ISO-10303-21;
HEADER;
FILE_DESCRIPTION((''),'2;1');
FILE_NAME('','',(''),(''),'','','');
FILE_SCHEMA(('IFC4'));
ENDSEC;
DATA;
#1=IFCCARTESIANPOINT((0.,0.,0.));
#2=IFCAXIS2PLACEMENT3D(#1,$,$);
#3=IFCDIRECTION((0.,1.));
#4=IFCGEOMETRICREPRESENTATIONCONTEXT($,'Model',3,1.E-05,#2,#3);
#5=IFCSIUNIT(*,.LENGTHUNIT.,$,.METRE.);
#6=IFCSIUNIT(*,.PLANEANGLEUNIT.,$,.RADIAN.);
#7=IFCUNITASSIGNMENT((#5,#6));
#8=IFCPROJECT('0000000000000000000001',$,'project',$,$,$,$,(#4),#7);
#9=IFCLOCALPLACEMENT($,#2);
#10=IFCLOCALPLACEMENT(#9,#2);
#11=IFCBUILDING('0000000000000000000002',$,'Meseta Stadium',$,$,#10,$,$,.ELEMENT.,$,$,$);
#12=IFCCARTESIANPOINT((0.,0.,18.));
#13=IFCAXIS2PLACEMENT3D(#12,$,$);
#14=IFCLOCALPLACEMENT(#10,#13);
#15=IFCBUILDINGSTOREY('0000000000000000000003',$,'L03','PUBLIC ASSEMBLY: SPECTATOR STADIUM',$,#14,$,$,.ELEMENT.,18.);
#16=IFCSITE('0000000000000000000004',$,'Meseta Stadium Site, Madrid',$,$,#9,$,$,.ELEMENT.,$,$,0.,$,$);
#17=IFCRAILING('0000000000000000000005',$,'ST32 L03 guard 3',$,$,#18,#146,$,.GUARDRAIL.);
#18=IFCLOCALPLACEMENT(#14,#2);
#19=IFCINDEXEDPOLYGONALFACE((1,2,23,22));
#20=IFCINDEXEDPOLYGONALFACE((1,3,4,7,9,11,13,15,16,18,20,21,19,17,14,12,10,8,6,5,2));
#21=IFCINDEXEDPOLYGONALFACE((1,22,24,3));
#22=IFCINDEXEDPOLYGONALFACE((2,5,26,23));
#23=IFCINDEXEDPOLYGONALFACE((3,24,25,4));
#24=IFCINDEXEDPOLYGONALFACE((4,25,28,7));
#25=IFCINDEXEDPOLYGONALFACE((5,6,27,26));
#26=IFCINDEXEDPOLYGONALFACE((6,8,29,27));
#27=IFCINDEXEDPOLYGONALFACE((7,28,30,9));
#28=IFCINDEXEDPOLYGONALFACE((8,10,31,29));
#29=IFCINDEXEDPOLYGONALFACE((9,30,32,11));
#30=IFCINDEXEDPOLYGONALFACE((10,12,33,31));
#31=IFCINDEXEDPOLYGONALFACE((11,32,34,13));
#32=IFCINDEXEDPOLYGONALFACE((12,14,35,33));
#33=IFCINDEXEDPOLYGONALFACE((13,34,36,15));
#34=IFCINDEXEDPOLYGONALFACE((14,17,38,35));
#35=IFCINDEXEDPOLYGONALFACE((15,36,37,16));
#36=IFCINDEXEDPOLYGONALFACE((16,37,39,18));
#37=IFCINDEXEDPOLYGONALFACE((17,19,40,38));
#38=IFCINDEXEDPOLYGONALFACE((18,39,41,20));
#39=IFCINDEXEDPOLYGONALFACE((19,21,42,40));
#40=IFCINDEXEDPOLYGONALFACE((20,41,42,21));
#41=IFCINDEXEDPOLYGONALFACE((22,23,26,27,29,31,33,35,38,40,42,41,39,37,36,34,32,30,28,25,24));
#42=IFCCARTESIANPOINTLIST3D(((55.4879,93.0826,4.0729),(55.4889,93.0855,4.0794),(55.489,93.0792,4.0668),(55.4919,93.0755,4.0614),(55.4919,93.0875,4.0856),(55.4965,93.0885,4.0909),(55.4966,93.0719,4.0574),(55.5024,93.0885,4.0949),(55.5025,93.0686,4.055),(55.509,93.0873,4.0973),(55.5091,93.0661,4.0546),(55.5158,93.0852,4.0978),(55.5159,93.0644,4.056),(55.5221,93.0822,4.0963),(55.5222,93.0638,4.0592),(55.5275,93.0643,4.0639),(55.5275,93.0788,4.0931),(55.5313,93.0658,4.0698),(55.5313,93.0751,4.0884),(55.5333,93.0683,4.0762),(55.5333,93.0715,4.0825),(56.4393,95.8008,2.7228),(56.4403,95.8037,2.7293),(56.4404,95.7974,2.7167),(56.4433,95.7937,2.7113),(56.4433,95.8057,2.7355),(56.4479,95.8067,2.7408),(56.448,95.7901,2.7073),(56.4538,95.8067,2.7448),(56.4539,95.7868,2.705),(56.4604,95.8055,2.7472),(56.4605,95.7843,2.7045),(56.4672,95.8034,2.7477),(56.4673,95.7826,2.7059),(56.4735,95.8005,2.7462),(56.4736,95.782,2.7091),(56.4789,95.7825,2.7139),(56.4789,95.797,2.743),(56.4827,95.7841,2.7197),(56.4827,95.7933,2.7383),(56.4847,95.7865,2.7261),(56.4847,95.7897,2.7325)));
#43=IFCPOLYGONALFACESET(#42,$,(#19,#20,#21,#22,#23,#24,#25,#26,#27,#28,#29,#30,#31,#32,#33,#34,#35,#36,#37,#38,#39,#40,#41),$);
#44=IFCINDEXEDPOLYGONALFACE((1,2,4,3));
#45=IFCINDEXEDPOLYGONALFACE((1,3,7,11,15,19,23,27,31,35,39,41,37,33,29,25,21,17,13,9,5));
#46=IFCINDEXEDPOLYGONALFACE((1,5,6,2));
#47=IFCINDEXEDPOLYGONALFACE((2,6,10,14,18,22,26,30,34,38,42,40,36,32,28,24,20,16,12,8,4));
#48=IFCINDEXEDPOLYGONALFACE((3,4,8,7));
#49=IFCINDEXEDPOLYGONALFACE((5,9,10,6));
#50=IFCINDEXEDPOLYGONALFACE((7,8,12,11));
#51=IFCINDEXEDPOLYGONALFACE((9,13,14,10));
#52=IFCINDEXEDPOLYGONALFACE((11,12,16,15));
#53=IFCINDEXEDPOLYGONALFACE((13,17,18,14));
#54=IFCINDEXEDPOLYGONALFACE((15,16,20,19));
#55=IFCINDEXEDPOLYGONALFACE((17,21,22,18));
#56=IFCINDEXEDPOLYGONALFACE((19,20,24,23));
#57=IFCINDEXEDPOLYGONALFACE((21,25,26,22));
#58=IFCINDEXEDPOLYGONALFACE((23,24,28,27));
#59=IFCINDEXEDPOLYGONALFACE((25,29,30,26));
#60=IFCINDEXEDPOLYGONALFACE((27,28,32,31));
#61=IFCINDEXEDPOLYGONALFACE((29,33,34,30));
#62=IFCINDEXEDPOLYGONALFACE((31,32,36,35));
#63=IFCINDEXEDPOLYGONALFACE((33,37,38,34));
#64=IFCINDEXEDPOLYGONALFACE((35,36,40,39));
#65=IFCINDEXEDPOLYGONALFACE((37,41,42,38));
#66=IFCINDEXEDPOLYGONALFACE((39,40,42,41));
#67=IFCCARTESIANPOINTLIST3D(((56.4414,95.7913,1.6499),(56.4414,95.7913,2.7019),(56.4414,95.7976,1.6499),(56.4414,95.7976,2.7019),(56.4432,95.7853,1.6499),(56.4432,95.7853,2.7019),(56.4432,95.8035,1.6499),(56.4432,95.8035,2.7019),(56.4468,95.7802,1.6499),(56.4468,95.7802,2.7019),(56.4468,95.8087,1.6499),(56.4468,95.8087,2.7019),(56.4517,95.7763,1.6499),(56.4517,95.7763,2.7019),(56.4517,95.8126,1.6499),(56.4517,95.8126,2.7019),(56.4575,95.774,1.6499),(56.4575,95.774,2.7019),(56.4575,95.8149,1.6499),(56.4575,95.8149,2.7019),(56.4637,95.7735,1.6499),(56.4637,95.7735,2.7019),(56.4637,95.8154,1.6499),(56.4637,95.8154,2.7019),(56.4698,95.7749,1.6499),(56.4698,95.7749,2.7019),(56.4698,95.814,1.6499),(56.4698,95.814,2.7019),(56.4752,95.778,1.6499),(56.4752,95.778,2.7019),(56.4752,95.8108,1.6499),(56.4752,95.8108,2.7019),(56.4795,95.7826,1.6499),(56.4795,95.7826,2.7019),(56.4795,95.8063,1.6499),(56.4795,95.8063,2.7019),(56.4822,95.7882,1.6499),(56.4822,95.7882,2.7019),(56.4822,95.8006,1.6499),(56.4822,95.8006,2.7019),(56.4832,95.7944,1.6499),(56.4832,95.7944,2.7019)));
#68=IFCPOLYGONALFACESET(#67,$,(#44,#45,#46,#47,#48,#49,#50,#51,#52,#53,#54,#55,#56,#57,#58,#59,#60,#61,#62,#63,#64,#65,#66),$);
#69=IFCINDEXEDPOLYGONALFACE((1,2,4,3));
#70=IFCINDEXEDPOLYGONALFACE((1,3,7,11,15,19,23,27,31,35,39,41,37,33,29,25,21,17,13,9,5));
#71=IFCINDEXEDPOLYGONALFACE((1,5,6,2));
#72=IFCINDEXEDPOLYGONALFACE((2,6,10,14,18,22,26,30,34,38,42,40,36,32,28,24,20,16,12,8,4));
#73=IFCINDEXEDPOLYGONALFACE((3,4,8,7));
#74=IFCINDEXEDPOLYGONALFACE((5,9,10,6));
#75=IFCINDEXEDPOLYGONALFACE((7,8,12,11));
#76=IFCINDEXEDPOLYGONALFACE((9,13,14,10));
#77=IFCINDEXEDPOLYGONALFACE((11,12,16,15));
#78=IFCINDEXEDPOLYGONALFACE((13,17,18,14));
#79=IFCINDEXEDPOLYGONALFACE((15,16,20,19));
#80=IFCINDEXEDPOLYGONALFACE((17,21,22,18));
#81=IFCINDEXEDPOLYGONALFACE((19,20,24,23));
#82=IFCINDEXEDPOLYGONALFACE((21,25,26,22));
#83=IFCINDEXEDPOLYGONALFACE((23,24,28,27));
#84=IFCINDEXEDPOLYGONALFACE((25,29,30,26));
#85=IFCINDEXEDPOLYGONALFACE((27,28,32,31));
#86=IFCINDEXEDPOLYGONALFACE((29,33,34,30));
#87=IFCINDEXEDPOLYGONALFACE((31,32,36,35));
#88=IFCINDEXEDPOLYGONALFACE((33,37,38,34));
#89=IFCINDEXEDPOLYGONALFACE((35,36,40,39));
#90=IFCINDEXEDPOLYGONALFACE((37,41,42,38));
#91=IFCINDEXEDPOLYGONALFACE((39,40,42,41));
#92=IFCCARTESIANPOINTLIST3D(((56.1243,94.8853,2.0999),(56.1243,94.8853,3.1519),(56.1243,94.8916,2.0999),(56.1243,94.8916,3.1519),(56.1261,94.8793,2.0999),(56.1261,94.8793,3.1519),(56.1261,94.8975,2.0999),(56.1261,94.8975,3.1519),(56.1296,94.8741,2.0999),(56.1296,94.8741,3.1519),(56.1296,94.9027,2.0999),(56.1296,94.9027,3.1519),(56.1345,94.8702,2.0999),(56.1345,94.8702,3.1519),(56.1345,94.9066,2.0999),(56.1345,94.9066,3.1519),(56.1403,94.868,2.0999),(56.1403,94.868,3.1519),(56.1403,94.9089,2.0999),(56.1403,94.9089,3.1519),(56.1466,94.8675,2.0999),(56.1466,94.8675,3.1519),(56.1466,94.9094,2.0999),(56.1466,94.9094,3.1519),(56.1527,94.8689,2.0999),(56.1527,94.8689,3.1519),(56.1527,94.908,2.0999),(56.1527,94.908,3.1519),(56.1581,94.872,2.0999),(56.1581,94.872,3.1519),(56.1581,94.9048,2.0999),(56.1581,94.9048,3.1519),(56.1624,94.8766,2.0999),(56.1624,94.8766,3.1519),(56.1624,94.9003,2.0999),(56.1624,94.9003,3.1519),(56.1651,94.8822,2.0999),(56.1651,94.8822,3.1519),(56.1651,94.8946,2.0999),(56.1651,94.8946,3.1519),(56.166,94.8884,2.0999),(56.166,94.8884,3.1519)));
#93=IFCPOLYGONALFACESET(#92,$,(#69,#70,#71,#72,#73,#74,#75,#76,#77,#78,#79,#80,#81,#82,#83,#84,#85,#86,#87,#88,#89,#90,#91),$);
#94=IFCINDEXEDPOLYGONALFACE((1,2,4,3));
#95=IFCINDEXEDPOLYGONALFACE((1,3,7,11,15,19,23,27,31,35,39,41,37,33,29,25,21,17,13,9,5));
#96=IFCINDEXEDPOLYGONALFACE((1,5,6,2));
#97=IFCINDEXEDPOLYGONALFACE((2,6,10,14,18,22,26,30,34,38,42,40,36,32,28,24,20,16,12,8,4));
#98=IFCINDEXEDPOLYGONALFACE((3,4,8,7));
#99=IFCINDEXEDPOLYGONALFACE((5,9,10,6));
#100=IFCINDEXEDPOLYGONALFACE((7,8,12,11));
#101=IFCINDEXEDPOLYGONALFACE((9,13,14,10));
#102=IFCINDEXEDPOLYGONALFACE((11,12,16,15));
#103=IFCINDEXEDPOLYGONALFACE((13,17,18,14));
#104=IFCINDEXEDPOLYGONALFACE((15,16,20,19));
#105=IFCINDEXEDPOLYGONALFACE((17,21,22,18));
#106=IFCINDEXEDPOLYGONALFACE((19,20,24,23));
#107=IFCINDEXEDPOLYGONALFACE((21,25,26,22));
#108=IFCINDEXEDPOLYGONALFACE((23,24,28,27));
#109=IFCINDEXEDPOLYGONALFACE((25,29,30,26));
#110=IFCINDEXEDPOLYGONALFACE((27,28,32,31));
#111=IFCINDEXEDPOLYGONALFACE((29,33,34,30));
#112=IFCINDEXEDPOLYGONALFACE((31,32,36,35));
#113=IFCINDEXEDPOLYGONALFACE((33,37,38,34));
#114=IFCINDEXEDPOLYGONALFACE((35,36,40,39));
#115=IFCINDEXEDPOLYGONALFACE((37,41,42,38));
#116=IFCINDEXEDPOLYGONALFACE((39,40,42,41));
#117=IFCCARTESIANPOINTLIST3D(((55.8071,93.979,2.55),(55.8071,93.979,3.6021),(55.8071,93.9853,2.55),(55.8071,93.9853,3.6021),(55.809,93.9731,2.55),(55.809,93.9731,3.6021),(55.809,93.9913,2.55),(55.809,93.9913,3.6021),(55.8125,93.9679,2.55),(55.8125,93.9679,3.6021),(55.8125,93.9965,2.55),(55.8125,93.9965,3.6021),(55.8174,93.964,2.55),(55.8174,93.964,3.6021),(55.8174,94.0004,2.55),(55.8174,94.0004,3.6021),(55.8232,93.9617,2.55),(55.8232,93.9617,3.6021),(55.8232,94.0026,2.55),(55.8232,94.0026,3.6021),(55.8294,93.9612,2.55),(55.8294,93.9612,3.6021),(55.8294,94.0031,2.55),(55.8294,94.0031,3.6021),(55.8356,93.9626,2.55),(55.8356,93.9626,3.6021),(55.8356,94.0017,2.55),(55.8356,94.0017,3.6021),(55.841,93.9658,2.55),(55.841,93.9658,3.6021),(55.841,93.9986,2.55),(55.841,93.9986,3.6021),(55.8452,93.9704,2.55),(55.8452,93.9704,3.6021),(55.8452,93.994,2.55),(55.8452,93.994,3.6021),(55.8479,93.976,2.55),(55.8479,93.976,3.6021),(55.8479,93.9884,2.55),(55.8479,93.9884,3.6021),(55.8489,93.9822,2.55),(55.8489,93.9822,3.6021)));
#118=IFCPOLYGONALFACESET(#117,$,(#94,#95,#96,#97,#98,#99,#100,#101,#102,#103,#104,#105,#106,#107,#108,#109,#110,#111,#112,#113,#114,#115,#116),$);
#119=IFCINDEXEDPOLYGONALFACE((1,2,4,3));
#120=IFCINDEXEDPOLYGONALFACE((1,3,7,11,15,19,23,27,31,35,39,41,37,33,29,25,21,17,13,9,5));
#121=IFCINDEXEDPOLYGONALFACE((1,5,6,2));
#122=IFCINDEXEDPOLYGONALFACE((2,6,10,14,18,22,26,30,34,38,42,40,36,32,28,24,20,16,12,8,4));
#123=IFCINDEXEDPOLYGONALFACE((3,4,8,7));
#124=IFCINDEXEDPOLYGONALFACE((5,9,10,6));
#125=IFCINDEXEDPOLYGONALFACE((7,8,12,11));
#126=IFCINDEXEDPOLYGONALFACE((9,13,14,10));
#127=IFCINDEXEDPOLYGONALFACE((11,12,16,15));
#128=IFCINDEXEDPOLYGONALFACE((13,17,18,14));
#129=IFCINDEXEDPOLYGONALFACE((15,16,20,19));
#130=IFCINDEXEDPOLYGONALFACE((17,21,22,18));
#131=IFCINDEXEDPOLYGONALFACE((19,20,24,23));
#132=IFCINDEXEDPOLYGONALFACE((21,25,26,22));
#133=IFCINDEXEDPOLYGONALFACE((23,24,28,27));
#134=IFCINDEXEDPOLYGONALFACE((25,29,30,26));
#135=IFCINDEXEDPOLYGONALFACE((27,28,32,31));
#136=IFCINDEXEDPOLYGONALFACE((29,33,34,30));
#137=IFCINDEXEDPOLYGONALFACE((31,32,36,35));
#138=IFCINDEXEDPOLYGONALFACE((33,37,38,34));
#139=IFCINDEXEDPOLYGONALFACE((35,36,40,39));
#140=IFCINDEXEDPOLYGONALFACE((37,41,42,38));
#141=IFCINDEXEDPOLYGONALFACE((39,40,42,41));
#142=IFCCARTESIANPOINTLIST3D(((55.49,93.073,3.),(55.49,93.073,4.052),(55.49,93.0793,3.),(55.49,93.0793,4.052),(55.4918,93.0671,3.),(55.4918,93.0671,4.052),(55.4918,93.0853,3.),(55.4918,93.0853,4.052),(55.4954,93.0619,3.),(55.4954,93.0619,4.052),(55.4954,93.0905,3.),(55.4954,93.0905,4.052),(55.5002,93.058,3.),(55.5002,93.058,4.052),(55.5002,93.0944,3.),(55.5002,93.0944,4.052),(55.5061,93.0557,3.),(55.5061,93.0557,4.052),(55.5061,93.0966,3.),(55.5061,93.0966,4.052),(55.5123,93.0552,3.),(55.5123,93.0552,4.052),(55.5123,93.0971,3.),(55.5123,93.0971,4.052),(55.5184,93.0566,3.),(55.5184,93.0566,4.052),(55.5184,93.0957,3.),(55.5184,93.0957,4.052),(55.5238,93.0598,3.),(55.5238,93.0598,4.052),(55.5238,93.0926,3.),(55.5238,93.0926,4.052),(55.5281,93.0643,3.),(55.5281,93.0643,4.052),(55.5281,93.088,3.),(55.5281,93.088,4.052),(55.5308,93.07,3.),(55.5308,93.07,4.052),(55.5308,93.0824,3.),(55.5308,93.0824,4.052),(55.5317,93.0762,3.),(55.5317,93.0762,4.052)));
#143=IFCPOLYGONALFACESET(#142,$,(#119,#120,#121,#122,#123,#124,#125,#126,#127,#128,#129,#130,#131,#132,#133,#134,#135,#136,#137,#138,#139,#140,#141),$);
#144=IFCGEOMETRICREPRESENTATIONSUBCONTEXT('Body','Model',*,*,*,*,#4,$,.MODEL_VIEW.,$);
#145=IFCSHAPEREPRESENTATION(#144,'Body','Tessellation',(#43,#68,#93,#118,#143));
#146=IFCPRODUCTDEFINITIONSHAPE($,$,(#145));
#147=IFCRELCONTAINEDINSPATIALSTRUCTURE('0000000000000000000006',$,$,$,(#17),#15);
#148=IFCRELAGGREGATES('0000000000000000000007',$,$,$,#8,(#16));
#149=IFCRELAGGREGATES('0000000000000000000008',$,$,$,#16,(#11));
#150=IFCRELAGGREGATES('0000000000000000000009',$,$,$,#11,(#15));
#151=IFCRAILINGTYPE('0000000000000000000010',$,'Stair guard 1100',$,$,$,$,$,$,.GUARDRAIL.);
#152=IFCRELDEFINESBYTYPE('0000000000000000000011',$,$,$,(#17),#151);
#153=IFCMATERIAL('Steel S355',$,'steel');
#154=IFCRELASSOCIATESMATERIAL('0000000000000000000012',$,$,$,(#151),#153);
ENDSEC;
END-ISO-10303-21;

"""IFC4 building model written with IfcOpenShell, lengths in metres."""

from ifc_helpers import new_model, si_unit, direction, frame, origin, origin_2d, place, context, subcontext, project, spatial, circle, extrude, material, type_object, element, save


model = new_model("IFC4")

# Units and contexts
model_context = context("Model", 3, precision=1e-05, world=origin(), true_north=direction((0.0, 1.0)))
body_context = subcontext(model_context, "Body", "Model", "MODEL_VIEW")
ifc_project = project(units=[si_unit("LENGTHUNIT", "METRE"), si_unit("PLANEANGLEUNIT", "RADIAN")], contexts=[model_context])

# Site, building, storey
site_placement = place(None, origin())
site = spatial("IfcSite", under=ifc_project, at=site_placement, Name="Meseta Stadium Site, Madrid", CompositionType="ELEMENT", RefElevation=0.0)
building_placement = place(site_placement, origin())
building = spatial("IfcBuilding", under=site, at=building_placement, Name="Meseta Stadium", CompositionType="ELEMENT")
storey_placement = place(building_placement, frame((0.0, 0.0, 18.0)))
storey = spatial("IfcBuildingStorey", under=building, at=storey_placement, Name="L03", Description="PUBLIC ASSEMBLY: SPECTATOR STADIUM", CompositionType="ELEMENT", Elevation=18.0)

# Railing
ifc_material_1 = material(Name="Steel S355", Category="steel")
railing_type_1 = type_object("IfcRailingType", Name="Stair guard 1100", PredefinedType="GUARDRAIL", material=ifc_material_1)
railing_1_placement = place(storey_placement, frame((56.4622, 95.7944, 1.6499)))
element("IfcRailing", 1, at=railing_1_placement, inside=storey, type_object=railing_type_1, Name="ST32 L03 guard 3", PredefinedType="GUARDRAIL", context=body_context, shape_type="SweptSolid", body=[
    extrude(circle(Radius=0.0239, at=origin_2d()), frame((0.0, 0.0, 1.0762), z_axis=(-0.299121, -0.854609, 0.424465), x_axis=(0.943856, -0.330358, 0.0)), (0.0, 0.0, 1.0), 3.1807),
    extrude(circle(Radius=0.021, at=origin_2d()), origin(), (0.0, 0.0, 1.0), 1.052),
    extrude(circle(Radius=0.021, at=origin_2d()), frame((-0.3171, -0.906, 0.45)), (0.0, 0.0, 1.0), 1.052),
    extrude(circle(Radius=0.021, at=origin_2d()), frame((-0.6343, -1.8123, 0.9001)), (0.0, 0.0, 1.0), 1.052),
    extrude(circle(Radius=0.021, at=origin_2d()), frame((-0.9514, -2.7183, 1.3501)), (0.0, 0.0, 1.0), 1.052),
])

save(model, "model.ifc")
